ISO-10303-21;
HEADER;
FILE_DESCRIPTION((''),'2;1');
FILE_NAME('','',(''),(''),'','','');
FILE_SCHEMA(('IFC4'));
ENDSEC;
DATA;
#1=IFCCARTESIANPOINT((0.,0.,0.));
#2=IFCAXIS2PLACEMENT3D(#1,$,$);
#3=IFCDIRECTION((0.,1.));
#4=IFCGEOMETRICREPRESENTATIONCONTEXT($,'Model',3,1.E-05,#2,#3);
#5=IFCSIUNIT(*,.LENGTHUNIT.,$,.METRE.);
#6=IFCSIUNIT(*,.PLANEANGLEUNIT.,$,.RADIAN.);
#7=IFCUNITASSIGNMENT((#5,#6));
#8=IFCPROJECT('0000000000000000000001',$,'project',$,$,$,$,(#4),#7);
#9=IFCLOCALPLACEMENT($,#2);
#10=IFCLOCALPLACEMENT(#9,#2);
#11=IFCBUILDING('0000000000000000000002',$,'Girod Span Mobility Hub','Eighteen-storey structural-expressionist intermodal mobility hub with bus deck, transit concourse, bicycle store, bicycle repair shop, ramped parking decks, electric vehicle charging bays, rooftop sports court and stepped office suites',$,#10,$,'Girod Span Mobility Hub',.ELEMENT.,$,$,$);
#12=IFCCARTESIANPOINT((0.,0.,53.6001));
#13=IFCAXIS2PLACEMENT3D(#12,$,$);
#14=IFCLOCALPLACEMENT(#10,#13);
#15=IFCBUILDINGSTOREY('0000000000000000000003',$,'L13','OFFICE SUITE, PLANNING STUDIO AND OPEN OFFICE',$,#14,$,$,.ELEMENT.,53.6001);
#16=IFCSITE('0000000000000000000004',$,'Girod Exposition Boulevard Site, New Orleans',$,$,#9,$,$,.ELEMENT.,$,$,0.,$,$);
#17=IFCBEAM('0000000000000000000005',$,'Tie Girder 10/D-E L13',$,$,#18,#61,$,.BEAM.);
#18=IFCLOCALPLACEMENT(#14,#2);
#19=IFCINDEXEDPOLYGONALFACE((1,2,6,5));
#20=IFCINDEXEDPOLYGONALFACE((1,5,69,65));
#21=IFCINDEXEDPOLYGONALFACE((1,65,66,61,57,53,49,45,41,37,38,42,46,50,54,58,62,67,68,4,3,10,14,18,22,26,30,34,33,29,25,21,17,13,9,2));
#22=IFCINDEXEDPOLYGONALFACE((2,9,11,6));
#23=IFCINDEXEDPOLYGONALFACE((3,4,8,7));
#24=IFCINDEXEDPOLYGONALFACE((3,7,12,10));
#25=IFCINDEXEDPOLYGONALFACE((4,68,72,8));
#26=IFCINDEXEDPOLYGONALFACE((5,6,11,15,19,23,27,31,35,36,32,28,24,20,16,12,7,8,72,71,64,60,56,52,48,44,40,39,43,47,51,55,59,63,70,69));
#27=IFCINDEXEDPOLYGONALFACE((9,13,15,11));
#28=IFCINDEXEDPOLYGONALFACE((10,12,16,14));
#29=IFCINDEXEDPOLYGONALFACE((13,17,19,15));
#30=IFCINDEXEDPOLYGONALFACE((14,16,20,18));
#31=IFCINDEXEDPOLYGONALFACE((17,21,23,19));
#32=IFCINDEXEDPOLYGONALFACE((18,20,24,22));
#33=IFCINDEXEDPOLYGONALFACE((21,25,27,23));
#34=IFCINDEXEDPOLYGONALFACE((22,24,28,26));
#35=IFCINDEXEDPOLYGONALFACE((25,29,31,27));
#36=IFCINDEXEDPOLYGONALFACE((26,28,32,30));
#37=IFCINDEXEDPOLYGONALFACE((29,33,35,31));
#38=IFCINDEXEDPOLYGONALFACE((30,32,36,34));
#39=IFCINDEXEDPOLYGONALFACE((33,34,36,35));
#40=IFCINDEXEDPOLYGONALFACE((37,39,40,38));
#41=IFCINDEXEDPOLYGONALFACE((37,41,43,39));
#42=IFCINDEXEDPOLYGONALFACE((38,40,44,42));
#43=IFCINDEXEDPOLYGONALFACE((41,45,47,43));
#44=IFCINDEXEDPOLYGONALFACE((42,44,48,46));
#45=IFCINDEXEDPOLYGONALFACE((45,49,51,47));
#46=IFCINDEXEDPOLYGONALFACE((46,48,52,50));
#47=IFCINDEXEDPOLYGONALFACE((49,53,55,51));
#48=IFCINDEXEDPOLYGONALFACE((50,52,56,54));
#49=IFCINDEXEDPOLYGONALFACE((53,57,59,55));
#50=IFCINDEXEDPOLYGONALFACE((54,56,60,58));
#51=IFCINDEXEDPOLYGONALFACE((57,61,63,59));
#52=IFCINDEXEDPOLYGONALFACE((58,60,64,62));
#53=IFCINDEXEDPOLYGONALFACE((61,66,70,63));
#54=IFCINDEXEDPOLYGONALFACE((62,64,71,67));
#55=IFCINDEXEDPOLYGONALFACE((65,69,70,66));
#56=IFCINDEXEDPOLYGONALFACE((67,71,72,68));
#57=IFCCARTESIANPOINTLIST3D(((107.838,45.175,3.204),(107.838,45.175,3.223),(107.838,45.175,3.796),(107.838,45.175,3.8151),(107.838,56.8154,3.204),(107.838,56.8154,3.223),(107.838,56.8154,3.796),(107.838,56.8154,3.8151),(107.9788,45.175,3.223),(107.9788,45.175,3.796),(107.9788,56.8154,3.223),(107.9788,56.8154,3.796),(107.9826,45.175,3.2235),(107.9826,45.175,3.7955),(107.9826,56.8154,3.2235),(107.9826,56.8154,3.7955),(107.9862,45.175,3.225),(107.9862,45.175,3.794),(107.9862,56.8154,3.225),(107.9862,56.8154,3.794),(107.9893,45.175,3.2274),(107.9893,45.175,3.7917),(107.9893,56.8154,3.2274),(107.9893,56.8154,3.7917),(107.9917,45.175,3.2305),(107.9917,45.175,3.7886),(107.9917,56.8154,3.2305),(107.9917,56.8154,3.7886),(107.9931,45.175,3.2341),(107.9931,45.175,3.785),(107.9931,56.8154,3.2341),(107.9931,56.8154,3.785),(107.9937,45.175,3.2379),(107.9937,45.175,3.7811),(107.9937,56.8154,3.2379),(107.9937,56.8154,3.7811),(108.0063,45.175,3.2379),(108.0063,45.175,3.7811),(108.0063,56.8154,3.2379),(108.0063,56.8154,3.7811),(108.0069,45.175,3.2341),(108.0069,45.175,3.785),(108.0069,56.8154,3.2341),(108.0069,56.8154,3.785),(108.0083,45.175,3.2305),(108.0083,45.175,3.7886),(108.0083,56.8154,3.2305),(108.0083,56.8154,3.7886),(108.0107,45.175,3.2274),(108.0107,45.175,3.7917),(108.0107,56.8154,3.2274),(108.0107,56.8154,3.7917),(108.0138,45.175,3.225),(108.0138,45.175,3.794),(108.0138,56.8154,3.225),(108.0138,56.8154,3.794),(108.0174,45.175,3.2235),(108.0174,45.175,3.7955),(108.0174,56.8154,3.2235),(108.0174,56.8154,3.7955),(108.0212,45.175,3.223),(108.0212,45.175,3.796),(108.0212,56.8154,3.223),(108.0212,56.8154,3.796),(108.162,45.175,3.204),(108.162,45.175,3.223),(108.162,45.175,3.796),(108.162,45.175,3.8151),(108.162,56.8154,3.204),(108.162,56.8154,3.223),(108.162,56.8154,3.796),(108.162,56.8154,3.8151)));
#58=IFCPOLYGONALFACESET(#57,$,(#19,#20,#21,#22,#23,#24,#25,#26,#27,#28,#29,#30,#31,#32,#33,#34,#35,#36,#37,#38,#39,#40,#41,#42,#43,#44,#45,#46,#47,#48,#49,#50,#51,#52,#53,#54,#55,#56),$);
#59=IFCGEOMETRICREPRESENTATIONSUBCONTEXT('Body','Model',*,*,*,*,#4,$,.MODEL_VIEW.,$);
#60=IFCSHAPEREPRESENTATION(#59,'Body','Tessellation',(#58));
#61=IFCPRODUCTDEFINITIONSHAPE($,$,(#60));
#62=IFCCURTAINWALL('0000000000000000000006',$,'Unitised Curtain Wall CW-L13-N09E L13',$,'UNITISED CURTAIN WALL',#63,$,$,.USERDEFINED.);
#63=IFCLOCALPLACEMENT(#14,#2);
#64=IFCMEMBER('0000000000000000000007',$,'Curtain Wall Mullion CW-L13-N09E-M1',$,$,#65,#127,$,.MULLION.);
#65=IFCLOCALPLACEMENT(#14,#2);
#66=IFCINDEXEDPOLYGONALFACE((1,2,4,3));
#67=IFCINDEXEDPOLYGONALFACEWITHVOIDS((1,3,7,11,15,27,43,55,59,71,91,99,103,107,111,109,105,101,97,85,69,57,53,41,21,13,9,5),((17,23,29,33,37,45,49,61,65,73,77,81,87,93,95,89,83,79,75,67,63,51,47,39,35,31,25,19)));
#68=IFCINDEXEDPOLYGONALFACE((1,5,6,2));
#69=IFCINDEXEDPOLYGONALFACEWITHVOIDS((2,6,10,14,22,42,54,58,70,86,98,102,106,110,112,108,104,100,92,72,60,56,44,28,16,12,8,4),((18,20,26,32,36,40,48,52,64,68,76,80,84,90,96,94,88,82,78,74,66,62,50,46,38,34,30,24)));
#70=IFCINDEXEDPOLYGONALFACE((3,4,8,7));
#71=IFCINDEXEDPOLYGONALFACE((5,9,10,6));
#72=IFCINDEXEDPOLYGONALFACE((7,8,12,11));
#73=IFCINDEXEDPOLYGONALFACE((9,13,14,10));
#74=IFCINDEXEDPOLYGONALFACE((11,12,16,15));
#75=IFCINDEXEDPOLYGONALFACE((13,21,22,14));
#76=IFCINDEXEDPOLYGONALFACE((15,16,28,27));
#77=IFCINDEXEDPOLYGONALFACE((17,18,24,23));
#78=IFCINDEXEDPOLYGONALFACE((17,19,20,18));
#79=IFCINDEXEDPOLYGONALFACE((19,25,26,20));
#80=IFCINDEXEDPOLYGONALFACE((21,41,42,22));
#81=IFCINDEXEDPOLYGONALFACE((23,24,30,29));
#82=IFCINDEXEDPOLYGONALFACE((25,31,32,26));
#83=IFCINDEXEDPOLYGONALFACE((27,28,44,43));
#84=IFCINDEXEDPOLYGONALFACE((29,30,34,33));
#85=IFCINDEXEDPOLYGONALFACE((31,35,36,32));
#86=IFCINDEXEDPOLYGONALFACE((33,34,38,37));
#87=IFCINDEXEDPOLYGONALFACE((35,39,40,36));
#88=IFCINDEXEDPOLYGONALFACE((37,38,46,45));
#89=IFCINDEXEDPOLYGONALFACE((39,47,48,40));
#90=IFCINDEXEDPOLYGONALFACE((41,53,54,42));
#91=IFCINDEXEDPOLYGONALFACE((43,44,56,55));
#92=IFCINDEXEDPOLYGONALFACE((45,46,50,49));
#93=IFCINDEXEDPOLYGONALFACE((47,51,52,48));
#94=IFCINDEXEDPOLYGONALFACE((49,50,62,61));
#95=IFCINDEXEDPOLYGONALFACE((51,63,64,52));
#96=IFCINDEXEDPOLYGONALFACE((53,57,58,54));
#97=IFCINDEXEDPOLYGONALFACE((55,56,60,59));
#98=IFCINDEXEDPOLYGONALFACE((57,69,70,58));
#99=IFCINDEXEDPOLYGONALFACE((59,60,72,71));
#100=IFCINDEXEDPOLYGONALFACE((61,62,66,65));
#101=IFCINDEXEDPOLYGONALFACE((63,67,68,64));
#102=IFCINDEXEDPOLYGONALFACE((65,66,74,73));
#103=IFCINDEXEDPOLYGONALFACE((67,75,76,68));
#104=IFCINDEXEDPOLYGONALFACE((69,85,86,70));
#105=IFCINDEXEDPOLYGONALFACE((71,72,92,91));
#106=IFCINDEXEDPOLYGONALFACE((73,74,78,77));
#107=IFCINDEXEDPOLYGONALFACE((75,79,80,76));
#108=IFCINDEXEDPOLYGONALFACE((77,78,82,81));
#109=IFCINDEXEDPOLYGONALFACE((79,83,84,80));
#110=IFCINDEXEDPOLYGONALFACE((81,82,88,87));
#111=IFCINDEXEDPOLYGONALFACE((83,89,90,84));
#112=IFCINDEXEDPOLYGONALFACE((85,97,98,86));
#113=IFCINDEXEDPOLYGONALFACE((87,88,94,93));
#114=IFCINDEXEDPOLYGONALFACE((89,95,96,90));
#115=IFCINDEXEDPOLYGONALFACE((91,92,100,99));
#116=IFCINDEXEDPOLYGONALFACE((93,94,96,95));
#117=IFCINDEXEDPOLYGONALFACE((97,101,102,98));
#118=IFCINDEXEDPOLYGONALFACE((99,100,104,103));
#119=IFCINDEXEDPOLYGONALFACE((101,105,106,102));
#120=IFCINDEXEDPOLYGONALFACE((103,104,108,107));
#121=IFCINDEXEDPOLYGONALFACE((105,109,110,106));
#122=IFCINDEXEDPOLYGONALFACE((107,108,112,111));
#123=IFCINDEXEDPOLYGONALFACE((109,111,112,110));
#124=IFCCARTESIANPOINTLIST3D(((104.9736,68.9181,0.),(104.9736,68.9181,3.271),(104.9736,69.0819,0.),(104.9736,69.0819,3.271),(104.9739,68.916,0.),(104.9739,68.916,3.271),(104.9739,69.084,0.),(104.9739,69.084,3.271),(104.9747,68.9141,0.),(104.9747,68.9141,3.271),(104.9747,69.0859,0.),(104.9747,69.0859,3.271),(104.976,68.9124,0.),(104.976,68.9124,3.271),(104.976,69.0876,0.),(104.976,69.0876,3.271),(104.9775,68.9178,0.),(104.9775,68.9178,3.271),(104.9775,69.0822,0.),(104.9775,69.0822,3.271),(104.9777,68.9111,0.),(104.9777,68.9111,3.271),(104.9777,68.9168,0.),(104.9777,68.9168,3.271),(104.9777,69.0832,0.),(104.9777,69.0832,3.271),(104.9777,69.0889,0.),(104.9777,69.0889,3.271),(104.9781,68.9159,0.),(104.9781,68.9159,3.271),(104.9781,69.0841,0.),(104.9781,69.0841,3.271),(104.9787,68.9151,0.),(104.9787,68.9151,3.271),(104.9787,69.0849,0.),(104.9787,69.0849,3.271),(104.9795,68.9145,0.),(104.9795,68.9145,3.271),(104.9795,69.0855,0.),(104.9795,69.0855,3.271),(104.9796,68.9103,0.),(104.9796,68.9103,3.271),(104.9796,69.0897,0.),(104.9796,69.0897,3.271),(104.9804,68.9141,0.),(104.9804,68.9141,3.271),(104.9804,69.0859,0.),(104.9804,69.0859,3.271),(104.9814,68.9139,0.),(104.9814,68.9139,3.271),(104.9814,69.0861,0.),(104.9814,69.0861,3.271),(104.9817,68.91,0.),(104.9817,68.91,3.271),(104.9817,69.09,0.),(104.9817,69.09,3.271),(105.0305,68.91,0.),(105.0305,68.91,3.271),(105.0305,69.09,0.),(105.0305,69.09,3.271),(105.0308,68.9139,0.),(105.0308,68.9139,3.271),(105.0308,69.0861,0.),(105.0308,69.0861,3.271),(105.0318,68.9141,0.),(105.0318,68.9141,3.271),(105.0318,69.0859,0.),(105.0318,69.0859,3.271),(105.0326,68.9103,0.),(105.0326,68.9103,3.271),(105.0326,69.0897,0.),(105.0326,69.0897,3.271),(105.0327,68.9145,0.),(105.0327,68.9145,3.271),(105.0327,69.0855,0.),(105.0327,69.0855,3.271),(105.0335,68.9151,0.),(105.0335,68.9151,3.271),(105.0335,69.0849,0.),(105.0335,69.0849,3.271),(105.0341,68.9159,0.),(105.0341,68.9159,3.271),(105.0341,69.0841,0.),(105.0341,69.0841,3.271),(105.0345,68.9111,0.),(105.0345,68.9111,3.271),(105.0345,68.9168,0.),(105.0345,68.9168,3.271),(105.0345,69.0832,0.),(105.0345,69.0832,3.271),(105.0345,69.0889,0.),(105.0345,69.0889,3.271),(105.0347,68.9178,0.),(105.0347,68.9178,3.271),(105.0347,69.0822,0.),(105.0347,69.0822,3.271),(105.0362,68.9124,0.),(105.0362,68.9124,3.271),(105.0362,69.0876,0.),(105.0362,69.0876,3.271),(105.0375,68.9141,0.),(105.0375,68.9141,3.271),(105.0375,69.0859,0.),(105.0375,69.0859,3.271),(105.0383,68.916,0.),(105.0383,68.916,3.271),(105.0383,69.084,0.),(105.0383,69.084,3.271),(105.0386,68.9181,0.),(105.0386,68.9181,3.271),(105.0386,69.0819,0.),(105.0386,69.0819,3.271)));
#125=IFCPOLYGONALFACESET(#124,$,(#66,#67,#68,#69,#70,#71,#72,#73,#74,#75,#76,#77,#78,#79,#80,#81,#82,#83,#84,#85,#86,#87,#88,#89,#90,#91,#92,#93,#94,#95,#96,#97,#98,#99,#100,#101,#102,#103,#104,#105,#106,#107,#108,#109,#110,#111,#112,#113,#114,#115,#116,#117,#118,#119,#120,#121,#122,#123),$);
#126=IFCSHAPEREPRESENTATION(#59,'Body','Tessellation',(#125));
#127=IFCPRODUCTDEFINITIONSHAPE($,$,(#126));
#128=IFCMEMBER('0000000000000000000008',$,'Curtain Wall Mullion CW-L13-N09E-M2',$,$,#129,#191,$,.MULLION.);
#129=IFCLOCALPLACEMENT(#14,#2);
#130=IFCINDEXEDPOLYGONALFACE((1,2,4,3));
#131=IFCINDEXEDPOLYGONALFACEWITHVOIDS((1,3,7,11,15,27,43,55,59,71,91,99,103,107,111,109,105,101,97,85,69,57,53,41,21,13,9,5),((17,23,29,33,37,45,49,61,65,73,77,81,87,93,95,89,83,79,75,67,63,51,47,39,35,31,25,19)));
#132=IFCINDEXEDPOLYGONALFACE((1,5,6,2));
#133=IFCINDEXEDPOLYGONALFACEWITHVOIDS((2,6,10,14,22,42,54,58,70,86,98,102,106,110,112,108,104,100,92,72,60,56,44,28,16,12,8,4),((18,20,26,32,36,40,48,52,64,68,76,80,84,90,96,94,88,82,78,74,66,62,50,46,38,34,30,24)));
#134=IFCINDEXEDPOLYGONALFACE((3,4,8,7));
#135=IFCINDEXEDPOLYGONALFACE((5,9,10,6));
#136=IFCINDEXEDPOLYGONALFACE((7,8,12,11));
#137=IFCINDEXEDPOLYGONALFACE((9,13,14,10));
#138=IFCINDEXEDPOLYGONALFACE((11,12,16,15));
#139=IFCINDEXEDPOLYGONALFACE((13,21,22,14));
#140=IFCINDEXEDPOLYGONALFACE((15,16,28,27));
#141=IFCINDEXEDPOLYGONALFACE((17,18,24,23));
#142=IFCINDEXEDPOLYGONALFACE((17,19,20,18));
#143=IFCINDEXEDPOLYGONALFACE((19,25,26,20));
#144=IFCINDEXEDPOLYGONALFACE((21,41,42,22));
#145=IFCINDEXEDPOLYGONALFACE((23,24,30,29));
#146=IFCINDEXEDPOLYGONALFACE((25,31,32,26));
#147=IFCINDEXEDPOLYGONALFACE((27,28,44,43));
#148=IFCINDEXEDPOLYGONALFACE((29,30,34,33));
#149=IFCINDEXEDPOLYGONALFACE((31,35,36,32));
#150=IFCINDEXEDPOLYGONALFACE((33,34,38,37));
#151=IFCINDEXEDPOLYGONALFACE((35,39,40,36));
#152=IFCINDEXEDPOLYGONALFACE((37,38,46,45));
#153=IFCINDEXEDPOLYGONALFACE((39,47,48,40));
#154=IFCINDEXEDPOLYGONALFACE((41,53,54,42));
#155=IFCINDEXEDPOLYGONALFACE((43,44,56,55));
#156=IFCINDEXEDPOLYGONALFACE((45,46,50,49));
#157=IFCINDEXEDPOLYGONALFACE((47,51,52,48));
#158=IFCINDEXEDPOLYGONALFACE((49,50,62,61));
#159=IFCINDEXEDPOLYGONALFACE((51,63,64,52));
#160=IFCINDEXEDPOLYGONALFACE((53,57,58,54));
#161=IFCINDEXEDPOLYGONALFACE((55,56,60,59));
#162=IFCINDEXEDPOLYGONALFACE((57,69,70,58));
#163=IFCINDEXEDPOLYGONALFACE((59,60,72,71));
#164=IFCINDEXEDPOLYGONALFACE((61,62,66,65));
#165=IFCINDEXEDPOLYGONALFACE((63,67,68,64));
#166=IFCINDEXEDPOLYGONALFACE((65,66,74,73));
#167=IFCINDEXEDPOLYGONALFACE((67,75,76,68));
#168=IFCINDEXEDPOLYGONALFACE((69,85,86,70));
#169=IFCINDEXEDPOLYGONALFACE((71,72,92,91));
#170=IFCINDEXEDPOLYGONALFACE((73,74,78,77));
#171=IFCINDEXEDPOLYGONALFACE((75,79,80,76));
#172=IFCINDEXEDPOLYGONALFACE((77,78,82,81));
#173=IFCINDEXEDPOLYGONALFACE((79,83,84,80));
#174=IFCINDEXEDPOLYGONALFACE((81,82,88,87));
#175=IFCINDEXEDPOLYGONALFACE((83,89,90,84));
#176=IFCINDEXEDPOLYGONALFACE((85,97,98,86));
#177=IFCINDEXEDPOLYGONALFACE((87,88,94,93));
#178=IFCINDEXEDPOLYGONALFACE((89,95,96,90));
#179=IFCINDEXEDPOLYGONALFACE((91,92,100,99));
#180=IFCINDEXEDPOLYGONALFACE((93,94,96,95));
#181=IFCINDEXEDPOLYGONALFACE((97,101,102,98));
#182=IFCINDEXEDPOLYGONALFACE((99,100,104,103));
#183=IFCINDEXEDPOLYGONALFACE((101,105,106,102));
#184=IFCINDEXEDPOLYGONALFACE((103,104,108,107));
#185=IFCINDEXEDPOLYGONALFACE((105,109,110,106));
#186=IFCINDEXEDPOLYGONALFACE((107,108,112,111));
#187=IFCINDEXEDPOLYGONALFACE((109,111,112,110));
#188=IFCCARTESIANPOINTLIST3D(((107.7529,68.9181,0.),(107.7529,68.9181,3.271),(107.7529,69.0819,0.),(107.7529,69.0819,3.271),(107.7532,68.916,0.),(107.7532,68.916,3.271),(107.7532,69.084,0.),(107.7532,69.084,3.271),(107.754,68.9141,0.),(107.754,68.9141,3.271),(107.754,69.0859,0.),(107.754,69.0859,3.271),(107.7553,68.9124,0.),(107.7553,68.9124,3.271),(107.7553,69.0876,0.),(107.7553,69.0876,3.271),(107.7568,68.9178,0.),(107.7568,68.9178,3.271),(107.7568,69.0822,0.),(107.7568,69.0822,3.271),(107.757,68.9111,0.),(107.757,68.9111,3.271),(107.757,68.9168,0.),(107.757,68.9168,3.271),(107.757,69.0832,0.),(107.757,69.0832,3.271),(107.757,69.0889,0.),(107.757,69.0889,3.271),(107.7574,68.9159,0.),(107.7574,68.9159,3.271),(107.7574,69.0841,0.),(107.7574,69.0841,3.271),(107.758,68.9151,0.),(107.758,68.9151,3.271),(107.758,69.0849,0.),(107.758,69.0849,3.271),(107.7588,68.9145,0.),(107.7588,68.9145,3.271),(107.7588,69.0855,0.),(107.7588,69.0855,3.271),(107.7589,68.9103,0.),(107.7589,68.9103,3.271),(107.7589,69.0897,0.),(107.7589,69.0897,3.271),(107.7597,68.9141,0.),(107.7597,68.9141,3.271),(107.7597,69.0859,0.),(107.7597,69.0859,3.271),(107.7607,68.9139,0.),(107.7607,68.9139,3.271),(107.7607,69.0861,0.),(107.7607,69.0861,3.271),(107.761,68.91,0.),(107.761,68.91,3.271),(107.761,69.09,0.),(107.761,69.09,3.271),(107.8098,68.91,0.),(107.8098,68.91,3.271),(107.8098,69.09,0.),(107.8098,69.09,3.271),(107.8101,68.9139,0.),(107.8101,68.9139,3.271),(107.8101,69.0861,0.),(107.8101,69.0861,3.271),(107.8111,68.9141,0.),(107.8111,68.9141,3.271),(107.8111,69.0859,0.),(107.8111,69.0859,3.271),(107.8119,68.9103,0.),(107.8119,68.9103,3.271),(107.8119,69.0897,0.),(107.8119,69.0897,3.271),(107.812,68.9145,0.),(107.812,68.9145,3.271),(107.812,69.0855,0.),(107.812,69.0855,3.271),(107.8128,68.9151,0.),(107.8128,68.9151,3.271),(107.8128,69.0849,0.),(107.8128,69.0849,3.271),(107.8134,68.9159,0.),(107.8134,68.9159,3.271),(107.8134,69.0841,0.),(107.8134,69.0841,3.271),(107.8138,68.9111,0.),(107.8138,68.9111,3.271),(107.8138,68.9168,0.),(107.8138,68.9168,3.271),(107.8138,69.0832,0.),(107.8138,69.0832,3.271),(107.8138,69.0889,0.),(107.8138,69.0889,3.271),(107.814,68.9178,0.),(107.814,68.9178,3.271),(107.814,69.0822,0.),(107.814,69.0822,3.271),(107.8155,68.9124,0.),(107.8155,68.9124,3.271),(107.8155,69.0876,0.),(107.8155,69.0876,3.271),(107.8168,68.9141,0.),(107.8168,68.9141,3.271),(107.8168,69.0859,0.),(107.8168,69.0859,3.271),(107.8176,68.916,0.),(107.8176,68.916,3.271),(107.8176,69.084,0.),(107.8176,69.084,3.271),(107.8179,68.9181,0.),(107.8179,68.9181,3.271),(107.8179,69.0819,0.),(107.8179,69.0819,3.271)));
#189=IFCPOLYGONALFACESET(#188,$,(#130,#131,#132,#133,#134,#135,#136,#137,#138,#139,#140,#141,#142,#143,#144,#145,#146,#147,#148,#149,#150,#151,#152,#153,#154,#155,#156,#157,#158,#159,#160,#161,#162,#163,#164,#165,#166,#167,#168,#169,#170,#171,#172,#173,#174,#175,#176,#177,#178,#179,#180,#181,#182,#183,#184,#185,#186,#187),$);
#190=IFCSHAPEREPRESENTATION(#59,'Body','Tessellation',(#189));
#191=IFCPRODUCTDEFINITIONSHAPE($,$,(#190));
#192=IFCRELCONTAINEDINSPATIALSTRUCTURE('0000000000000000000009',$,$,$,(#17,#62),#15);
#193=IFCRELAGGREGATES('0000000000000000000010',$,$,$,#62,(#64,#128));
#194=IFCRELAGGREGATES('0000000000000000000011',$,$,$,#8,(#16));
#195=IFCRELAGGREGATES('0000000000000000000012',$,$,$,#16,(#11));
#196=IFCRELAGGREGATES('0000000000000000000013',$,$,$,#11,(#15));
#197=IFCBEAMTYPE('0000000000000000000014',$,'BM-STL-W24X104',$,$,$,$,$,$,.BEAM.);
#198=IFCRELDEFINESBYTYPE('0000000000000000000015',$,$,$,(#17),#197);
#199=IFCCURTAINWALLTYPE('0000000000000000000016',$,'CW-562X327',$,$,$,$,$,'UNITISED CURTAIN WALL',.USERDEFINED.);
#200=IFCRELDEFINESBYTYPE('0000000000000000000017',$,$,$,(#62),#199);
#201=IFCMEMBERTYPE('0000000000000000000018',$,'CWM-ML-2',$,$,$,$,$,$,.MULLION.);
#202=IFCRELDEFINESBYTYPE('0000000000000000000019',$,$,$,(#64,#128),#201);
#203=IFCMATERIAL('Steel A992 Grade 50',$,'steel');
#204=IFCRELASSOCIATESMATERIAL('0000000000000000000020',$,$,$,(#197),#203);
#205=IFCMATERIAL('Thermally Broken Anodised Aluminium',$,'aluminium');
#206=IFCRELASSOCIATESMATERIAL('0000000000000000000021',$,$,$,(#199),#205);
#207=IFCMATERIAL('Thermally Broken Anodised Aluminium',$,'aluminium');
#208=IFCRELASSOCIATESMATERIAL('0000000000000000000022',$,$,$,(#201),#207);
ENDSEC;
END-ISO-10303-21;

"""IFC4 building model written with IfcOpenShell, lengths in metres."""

from ifc_helpers import new_model, si_unit, direction, frame, origin, origin_2d, place, context, subcontext, project, spatial, hollow_rectangle, i_section, extrude, material, material_profile, profile_set, type_object, element, aggregate, save


model = new_model("IFC4")

# Units and contexts
model_context = context("Model", 3, precision=1e-05, world=origin(), true_north=direction((0.0, 1.0)))
body_context = subcontext(model_context, "Body", "Model", "MODEL_VIEW")
ifc_project = project(units=[si_unit("LENGTHUNIT", "METRE"), si_unit("PLANEANGLEUNIT", "RADIAN")], contexts=[model_context])

# Site, building, storey
site_placement = place(None, origin())
site = spatial("IfcSite", under=ifc_project, at=site_placement, Name="Girod Exposition Boulevard Site, New Orleans", CompositionType="ELEMENT", RefElevation=0.0)
building_placement = place(site_placement, origin())
building = spatial("IfcBuilding", under=site, at=building_placement, Name="Girod Span Mobility Hub", Description="Eighteen-storey structural-expressionist intermodal mobility hub with bus deck, transit concourse, bicycle store, bicycle repair shop, ramped parking decks, electric vehicle charging bays, rooftop sports court and stepped office suites", LongName="Girod Span Mobility Hub", CompositionType="ELEMENT")
storey_placement = place(building_placement, frame((0.0, 0.0, 53.6001)))
storey = spatial("IfcBuildingStorey", under=building, at=storey_placement, Name="L13", Description="OFFICE SUITE, PLANNING STUDIO AND OPEN OFFICE", CompositionType="ELEMENT", Elevation=53.6001)

# Beam
ifc_material_1 = material(Name="Steel A992 Grade 50", Category="steel")
ifc_material_profile_1 = material_profile(ifc_material_1, i_section(OverallWidth=0.324, OverallDepth=0.6111, WebThickness=0.0127, FlangeThickness=0.019, FilletRadius=0.0149, at=origin_2d()), Name="W24X104")
ifc_profile_set_1 = profile_set([ifc_material_profile_1], Name="Steel A992 Grade 50")
beam_type_1 = type_object("IfcBeamType", Name="BM-STL-W24X104", PredefinedType="BEAM", material=ifc_profile_set_1)
beam_1_placement = place(storey_placement, frame((108.0, 45.175, 3.5095), z_axis=(0.0, 1.0, 0.0), x_axis=(-1.0, 0.0, 0.0)))
element("IfcBeam", 1, at=beam_1_placement, inside=storey, type_object=beam_type_1, Name="Tie Girder 10/D-E L13", PredefinedType="BEAM", context=body_context, shape_type="SweptSolid", body=[
    extrude(i_section(OverallWidth=0.324, OverallDepth=0.6111, WebThickness=0.0127, FlangeThickness=0.019, FilletRadius=0.0149, at=origin_2d()), origin(), (0.0, 0.0, 1.0), 11.6404),
])

# Curtain wall, members
ifc_material_2 = material(Name="Thermally Broken Anodised Aluminium", Category="aluminium")
curtain_wall_type = type_object("IfcCurtainWallType", Name="CW-562X327", ElementType="UNITISED CURTAIN WALL", PredefinedType="USERDEFINED", material=ifc_material_2)
curtain_wall_placement = place(storey_placement, origin())
curtain_wall = element("IfcCurtainWall", 2, at=curtain_wall_placement, inside=storey, type_object=curtain_wall_type, Name="Unitised Curtain Wall CW-L13-N09E L13", ObjectType="UNITISED CURTAIN WALL", PredefinedType="USERDEFINED")
ifc_material_3 = material(Name="Thermally Broken Anodised Aluminium", Category="aluminium")
ifc_material_profile_2 = material_profile(ifc_material_3, hollow_rectangle(XDim=0.1799, YDim=0.0649, WallThickness=0.0039, InnerFilletRadius=0.0039, OuterFilletRadius=0.0081, at=origin_2d()), Name="CW-ML-65X180")
ifc_profile_set_2 = profile_set([ifc_material_profile_2], Name="Thermally Broken Anodised Aluminium")
member_type = type_object("IfcMemberType", Name="CWM-ML-2", PredefinedType="MULLION", material=ifc_profile_set_2)
member_1_placement = place(storey_placement, frame((105.0061, 69.0, 0.0), z_axis=(0.0, 0.0, 1.0), x_axis=(0.0, 1.0, 0.0)))
member_1 = element("IfcMember", 3, at=member_1_placement, type_object=member_type, Name="Curtain Wall Mullion CW-L13-N09E-M1", PredefinedType="MULLION", context=body_context, shape_type="SweptSolid", body=[
    extrude(hollow_rectangle(XDim=0.1799, YDim=0.0649, WallThickness=0.0039, InnerFilletRadius=0.0039, OuterFilletRadius=0.0081, at=origin_2d()), origin(), (0.0, 0.0, 1.0), 3.271),
])
member_2_placement = place(storey_placement, frame((107.7854, 69.0, 0.0), z_axis=(0.0, 0.0, 1.0), x_axis=(0.0, 1.0, 0.0)))
member_2 = element("IfcMember", 4, at=member_2_placement, type_object=member_type, Name="Curtain Wall Mullion CW-L13-N09E-M2", PredefinedType="MULLION", context=body_context, shape_type="SweptSolid", body=[
    extrude(hollow_rectangle(XDim=0.1799, YDim=0.0649, WallThickness=0.0039, InnerFilletRadius=0.0039, OuterFilletRadius=0.0081, at=origin_2d()), origin(), (0.0, 0.0, 1.0), 3.271),
])
aggregate(curtain_wall, [member_1, member_2])

save(model, "model.ifc")
